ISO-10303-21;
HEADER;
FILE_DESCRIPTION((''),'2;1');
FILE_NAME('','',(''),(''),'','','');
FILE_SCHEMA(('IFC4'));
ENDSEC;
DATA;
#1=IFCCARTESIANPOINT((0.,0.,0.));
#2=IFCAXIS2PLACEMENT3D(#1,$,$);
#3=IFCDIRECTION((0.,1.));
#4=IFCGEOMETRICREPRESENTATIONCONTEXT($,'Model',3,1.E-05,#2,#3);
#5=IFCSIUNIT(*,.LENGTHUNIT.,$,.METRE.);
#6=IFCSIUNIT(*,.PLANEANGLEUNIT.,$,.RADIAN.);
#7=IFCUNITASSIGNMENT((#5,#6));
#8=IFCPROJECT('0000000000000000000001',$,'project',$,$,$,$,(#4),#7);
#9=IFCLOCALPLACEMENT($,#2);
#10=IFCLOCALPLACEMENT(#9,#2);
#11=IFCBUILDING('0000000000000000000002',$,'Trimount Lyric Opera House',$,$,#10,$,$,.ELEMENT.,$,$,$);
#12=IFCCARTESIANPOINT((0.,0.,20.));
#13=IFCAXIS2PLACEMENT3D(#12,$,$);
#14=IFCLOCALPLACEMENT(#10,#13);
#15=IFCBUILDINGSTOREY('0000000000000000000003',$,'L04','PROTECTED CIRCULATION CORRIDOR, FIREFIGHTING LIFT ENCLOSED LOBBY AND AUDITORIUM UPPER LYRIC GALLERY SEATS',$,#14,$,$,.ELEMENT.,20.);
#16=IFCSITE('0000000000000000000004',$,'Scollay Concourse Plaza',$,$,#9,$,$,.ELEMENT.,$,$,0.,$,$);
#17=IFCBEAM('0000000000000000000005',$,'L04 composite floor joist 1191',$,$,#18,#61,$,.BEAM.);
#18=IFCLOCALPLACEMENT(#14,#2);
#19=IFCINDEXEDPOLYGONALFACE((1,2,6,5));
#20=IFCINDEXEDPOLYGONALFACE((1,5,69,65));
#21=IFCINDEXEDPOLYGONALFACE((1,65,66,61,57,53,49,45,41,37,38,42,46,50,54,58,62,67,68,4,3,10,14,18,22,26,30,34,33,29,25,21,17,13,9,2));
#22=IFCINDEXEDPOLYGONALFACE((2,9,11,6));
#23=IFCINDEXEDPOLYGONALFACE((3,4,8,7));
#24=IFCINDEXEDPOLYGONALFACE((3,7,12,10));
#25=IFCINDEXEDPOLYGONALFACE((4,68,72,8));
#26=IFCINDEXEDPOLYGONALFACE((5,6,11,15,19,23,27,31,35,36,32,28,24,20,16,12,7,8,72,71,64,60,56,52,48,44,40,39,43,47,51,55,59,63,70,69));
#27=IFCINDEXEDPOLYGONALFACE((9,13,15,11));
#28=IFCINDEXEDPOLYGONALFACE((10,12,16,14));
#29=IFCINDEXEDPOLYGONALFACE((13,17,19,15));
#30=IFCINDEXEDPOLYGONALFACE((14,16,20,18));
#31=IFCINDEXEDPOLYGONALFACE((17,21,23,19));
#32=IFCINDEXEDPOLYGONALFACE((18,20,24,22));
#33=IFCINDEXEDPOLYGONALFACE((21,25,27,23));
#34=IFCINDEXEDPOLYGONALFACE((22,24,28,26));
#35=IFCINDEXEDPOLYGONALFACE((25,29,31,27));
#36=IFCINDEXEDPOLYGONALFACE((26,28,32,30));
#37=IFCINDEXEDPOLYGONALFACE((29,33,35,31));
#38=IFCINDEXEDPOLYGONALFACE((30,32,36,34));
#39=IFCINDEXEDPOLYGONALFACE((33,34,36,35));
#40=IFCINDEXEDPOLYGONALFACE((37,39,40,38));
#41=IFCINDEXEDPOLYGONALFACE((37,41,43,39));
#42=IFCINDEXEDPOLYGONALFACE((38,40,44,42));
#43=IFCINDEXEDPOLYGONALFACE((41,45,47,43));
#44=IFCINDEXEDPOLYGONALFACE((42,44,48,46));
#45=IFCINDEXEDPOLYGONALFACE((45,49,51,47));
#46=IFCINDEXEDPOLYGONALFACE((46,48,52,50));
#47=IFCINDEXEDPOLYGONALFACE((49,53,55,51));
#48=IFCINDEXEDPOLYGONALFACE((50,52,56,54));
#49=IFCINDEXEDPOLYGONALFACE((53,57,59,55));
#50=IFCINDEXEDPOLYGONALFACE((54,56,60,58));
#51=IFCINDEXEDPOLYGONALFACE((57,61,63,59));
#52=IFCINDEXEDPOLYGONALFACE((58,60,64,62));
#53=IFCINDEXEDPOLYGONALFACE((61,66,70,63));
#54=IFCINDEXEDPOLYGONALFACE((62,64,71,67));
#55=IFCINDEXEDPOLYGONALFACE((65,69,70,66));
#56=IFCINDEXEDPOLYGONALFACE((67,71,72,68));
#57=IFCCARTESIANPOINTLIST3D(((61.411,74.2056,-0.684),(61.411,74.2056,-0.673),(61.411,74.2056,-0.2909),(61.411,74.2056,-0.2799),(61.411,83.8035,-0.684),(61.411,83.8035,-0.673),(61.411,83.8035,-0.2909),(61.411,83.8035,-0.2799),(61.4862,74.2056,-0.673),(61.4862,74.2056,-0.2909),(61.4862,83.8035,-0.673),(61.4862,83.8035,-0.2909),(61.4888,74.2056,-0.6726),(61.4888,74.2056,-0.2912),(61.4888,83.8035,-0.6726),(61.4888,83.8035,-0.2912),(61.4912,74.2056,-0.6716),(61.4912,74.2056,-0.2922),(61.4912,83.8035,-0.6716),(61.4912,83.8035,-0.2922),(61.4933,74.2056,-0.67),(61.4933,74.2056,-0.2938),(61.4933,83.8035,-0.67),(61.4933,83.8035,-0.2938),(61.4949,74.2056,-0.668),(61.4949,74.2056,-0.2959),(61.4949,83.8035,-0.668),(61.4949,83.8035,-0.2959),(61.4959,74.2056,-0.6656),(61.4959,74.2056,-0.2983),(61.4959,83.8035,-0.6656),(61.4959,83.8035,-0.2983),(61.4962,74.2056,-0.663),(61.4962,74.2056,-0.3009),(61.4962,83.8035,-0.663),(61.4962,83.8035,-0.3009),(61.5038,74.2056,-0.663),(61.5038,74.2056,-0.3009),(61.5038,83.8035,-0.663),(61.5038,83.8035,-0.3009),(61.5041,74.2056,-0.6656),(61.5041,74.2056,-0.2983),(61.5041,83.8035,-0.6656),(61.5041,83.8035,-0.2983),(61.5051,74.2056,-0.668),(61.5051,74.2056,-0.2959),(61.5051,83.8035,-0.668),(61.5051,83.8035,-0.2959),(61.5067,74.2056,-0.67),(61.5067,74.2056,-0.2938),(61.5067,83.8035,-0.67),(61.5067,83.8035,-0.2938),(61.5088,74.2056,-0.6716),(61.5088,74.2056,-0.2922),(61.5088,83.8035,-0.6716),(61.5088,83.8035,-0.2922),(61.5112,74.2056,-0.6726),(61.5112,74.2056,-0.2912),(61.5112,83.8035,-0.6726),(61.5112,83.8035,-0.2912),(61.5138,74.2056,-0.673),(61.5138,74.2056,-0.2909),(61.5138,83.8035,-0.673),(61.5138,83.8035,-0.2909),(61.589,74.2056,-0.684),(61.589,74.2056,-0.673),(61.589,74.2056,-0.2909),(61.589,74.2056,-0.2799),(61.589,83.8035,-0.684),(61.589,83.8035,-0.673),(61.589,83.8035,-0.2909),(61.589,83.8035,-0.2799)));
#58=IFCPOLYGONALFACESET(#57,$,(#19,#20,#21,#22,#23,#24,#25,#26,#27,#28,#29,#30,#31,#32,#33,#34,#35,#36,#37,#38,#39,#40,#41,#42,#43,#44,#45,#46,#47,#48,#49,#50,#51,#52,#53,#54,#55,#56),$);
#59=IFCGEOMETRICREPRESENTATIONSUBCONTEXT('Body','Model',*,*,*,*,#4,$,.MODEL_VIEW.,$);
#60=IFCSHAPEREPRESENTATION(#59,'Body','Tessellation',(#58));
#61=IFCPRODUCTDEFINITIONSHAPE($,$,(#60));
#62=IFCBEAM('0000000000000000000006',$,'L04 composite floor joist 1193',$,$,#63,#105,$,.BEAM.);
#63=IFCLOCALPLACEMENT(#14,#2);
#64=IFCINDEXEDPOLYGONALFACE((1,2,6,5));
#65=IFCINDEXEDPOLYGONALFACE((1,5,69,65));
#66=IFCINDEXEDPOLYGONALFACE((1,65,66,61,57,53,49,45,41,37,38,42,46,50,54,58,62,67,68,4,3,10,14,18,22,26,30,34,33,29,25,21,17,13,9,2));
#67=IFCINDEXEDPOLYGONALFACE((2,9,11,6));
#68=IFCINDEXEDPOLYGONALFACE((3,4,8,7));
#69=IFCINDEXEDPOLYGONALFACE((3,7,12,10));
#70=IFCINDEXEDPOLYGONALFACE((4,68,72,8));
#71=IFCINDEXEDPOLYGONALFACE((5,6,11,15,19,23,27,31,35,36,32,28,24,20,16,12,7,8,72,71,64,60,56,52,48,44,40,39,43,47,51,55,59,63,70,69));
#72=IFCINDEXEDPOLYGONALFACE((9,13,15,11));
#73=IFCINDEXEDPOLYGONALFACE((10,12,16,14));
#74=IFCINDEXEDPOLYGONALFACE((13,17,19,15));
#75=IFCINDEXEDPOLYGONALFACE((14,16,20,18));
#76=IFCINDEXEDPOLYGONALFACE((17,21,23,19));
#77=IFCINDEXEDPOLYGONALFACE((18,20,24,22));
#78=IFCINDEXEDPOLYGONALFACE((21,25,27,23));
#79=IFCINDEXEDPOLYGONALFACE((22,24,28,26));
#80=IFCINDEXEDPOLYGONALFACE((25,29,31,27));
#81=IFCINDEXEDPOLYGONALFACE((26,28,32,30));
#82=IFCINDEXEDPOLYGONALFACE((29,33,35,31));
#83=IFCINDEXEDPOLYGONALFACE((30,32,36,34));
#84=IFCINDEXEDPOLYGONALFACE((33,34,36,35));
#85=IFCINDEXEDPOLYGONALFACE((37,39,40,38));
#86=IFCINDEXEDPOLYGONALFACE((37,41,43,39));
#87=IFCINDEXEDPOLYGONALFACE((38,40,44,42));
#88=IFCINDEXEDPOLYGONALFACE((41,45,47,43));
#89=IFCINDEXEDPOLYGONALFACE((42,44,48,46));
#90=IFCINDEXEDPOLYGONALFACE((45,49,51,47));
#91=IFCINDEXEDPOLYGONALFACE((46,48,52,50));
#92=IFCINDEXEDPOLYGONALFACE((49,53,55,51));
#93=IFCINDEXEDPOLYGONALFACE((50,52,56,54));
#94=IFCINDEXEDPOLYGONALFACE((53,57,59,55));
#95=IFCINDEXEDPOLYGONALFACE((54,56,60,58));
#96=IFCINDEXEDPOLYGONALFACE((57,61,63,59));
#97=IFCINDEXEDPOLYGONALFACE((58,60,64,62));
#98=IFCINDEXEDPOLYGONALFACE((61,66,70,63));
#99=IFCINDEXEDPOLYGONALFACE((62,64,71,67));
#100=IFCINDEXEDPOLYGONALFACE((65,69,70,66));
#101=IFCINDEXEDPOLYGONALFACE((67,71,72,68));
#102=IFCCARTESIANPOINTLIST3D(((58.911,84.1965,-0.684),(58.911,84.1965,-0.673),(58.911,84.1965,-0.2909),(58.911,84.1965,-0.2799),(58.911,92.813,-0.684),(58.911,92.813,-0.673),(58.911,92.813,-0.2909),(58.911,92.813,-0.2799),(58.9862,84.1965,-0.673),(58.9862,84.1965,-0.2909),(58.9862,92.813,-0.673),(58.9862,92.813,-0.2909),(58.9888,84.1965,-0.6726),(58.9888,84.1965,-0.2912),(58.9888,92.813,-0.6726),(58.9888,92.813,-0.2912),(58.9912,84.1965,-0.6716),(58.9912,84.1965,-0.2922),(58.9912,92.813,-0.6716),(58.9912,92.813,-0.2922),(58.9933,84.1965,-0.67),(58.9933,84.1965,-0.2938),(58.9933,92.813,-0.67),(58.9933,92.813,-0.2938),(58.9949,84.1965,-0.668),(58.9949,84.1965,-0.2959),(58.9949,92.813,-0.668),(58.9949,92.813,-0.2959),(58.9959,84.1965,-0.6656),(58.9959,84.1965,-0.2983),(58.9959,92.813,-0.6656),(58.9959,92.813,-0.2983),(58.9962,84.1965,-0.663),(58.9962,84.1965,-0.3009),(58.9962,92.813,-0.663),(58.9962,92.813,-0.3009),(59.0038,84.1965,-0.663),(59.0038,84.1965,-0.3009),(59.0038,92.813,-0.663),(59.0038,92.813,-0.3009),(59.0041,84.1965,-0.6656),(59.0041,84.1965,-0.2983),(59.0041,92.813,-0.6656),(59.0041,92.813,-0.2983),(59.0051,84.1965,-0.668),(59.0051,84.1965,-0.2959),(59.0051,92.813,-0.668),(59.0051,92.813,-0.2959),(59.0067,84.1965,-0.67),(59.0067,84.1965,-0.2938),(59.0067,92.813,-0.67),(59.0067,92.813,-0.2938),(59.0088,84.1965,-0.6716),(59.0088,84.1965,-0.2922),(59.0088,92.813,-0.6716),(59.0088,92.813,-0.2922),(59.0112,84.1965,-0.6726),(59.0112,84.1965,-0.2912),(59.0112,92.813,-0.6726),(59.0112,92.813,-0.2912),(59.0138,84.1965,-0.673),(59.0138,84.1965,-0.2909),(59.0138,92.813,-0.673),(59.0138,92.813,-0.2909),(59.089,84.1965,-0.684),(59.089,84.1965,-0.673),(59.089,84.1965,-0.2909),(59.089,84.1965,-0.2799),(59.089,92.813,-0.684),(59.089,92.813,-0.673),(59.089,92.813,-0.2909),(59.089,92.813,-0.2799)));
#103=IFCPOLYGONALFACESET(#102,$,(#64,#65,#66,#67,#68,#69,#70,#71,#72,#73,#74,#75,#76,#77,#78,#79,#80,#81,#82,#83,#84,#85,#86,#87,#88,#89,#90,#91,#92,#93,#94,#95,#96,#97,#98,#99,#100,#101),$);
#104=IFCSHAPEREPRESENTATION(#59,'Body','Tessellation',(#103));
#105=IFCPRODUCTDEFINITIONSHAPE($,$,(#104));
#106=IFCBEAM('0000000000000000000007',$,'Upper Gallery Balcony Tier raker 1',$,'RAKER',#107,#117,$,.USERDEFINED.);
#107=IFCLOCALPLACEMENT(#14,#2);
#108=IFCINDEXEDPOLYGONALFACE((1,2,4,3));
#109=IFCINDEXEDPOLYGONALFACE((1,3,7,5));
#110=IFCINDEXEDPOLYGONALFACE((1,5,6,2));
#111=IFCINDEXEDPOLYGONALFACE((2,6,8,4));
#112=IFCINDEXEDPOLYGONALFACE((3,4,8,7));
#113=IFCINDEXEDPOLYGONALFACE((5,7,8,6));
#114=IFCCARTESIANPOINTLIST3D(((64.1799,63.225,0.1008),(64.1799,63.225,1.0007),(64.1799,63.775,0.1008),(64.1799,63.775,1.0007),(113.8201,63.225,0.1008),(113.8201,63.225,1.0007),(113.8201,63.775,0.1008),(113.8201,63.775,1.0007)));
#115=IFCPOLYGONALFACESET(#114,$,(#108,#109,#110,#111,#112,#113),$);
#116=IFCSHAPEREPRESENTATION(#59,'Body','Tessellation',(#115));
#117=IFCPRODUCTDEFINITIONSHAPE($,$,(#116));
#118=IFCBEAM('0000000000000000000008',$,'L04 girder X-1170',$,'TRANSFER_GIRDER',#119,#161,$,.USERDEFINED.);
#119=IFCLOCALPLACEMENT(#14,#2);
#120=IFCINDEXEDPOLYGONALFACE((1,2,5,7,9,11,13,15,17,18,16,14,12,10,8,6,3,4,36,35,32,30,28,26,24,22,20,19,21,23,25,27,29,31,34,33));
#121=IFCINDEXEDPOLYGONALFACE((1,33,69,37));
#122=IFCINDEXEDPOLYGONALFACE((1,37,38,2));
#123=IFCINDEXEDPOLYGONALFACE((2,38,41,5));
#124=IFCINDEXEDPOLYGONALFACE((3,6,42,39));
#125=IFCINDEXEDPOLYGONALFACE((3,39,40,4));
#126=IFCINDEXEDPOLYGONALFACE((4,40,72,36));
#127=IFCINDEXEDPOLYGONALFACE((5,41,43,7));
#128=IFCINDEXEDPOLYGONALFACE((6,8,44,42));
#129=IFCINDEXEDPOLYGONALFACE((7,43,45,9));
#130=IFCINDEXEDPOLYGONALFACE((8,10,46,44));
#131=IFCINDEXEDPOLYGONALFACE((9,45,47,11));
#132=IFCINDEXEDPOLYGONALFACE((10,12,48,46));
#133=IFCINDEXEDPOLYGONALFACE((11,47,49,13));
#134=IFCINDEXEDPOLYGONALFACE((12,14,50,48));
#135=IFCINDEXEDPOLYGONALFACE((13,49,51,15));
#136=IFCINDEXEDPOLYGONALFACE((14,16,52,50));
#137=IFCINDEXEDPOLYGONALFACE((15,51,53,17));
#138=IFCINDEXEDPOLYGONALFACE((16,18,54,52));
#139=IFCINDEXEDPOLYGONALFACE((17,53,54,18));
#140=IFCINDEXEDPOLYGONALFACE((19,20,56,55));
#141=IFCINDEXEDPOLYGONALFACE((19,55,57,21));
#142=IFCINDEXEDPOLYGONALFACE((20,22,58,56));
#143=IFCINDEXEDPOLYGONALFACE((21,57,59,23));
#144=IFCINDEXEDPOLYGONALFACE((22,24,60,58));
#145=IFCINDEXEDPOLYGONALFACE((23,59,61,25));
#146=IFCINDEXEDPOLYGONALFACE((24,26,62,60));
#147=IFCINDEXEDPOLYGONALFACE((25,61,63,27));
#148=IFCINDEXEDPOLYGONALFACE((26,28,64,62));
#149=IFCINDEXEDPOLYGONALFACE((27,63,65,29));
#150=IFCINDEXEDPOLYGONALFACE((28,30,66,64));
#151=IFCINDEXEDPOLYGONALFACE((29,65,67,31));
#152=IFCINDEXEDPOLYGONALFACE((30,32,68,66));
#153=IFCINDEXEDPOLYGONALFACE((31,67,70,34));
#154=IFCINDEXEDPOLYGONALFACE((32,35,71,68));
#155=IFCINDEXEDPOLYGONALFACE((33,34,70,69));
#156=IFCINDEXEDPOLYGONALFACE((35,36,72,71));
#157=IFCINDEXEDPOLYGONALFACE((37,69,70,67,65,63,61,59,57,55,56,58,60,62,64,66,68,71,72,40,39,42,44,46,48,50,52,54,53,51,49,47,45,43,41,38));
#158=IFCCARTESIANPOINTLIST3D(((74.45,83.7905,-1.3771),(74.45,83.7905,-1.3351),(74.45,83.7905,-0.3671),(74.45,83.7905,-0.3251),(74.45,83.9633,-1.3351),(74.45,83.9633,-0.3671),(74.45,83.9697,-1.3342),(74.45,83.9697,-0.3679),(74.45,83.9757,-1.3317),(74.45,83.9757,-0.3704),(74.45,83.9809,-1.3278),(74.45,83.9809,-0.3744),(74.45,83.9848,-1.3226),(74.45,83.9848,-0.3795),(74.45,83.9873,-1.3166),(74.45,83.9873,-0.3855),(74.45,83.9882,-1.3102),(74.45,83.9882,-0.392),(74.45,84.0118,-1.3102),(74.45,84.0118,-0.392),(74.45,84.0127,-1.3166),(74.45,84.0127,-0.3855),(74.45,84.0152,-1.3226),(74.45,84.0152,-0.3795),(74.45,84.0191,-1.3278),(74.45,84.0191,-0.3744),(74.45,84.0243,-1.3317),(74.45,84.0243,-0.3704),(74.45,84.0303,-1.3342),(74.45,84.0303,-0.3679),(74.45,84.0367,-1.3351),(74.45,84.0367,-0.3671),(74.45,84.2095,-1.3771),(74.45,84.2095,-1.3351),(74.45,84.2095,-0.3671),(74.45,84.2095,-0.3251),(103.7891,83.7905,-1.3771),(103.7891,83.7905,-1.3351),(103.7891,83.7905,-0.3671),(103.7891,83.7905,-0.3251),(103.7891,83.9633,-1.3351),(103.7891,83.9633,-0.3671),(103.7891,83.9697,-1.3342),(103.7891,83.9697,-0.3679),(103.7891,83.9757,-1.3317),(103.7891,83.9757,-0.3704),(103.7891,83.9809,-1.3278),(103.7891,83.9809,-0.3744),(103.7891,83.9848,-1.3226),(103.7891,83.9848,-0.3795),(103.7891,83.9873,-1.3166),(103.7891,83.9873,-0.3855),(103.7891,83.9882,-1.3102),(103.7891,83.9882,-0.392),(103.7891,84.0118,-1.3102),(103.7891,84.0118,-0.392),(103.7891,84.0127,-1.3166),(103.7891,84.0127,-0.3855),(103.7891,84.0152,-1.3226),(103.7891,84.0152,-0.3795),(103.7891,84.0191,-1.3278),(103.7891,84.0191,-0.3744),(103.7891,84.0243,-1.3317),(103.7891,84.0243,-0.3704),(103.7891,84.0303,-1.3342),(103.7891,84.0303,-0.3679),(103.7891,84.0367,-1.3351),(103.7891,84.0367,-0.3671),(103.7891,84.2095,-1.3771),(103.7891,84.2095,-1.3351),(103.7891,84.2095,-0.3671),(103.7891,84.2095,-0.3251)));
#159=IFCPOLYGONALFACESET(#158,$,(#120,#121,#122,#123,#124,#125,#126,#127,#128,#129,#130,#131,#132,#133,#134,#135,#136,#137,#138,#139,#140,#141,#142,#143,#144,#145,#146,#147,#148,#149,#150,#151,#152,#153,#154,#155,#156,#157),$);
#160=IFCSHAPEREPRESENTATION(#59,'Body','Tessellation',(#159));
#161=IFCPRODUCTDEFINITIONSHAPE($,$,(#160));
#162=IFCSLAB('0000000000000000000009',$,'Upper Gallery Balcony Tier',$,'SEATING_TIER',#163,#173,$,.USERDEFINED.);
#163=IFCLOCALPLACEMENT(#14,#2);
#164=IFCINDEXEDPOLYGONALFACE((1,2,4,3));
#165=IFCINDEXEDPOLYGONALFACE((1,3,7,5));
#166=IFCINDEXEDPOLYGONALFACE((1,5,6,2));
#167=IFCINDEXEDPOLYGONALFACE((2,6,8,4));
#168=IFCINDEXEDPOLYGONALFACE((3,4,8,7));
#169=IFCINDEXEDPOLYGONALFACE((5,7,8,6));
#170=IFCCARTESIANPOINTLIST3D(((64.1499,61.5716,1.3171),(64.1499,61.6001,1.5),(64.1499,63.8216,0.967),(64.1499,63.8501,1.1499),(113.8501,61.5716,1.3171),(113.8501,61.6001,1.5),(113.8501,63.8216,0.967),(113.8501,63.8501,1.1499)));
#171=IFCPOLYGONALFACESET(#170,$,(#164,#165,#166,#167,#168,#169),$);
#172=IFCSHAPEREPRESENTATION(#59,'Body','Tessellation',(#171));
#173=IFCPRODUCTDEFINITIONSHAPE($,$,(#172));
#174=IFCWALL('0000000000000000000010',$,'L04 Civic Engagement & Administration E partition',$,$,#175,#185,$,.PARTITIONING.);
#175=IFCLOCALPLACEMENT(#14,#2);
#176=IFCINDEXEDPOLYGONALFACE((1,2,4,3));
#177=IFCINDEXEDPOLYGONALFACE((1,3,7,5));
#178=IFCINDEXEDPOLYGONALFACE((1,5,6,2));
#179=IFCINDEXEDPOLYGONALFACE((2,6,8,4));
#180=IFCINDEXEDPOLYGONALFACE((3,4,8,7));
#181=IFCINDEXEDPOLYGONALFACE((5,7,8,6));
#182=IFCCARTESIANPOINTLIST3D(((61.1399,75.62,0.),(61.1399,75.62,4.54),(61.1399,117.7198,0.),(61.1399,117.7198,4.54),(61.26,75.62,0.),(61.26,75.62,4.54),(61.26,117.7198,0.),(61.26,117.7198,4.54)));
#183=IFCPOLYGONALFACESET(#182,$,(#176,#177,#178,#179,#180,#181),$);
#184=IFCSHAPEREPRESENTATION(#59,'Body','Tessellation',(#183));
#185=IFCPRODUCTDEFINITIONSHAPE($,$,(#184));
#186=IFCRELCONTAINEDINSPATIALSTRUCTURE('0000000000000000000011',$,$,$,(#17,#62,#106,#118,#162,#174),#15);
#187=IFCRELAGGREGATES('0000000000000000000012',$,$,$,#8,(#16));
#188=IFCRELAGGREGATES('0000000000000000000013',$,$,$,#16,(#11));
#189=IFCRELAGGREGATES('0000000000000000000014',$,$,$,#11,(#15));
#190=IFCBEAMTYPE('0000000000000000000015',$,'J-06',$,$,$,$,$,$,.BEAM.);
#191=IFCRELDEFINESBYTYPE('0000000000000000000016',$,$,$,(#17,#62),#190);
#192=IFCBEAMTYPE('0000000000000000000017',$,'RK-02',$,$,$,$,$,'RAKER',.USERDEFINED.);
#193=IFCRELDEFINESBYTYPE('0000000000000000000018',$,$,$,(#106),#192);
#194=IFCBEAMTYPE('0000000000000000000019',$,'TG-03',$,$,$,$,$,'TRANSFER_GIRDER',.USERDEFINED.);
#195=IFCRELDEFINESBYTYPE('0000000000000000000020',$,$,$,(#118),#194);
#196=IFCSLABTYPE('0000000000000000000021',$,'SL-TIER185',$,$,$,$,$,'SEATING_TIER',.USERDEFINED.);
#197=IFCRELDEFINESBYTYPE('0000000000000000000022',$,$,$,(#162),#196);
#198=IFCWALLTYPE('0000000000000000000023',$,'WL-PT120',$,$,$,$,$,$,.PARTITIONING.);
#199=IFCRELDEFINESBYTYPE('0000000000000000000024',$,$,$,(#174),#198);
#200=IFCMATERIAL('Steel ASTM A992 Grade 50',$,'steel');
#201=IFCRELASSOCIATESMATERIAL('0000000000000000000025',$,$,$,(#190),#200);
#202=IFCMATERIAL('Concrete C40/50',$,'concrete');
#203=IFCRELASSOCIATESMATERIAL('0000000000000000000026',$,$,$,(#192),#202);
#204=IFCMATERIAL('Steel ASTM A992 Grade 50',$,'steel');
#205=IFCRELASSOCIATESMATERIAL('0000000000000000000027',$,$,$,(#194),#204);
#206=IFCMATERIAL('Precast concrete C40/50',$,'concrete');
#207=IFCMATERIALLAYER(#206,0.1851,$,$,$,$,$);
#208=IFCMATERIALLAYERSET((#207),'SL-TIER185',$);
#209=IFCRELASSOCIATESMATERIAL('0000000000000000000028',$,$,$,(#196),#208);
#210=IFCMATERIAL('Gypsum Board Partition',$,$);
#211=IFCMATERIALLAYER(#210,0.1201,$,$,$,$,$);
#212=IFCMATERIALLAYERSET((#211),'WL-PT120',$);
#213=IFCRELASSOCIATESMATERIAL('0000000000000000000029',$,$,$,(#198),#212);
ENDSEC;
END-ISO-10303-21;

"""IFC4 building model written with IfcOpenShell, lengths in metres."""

from ifc_helpers import new_model, si_unit, direction, frame, frame_2d, origin, origin_2d, place, context, subcontext, project, spatial, polyline, rectangle, i_section, outline, extrude, material, layer, layer_set, material_profile, profile_set, type_object, element, save


model = new_model("IFC4")

# Units and contexts
model_context = context("Model", 3, precision=1e-05, world=origin(), true_north=direction((0.0, 1.0)))
body_context = subcontext(model_context, "Body", "Model", "MODEL_VIEW")
ifc_project = project(units=[si_unit("LENGTHUNIT", "METRE"), si_unit("PLANEANGLEUNIT", "RADIAN")], contexts=[model_context])

# Site, building, storey
site_placement = place(None, origin())
site = spatial("IfcSite", under=ifc_project, at=site_placement, Name="Scollay Concourse Plaza", CompositionType="ELEMENT", RefElevation=0.0)
building_placement = place(site_placement, origin())
building = spatial("IfcBuilding", under=site, at=building_placement, Name="Trimount Lyric Opera House", CompositionType="ELEMENT")
storey_placement = place(building_placement, frame((0.0, 0.0, 20.0)))
storey = spatial("IfcBuildingStorey", under=building, at=storey_placement, Name="L04", Description="PROTECTED CIRCULATION CORRIDOR, FIREFIGHTING LIFT ENCLOSED LOBBY AND AUDITORIUM UPPER LYRIC GALLERY SEATS", CompositionType="ELEMENT", Elevation=20.0)

# Beams
ifc_material_1 = material(Name="Steel ASTM A992 Grade 50", Category="steel")
ifc_material_profile_1 = material_profile(ifc_material_1, i_section(OverallWidth=0.178, OverallDepth=0.4041, WebThickness=0.0076, FlangeThickness=0.011, FilletRadius=0.01, at=origin_2d()), Name="W16X36")
ifc_profile_set_1 = profile_set([ifc_material_profile_1], Name="Steel ASTM A992 Grade 50")
beam_type_1 = type_object("IfcBeamType", Name="J-06", PredefinedType="BEAM", material=ifc_profile_set_1)
beam_1_placement = place(storey_placement, frame((61.5, 74.2056, -0.4819), z_axis=(0.0, 1.0, 0.0), x_axis=(-1.0, 0.0, 0.0)))
element("IfcBeam", 1, at=beam_1_placement, inside=storey, type_object=beam_type_1, Name="L04 composite floor joist 1191", PredefinedType="BEAM", context=body_context, shape_type="SweptSolid", body=[
    extrude(i_section(OverallWidth=0.178, OverallDepth=0.4041, WebThickness=0.0076, FlangeThickness=0.011, FilletRadius=0.01, at=origin_2d()), origin(), (0.0, 0.0, 1.0), 9.5979),
])
beam_2_placement = place(storey_placement, frame((59.0, 84.1965, -0.4819), z_axis=(0.0, 1.0, 0.0), x_axis=(-1.0, 0.0, 0.0)))
element("IfcBeam", 2, at=beam_2_placement, inside=storey, type_object=beam_type_1, Name="L04 composite floor joist 1193", PredefinedType="BEAM", context=body_context, shape_type="SweptSolid", body=[
    extrude(i_section(OverallWidth=0.178, OverallDepth=0.4041, WebThickness=0.0076, FlangeThickness=0.011, FilletRadius=0.01, at=origin_2d()), origin(), (0.0, 0.0, 1.0), 8.6165),
])
ifc_material_2 = material(Name="Concrete C40/50", Category="concrete")
ifc_material_profile_2 = material_profile(ifc_material_2, rectangle(XDim=0.55, YDim=0.8999, at=origin_2d()), Name="RC550X900")
ifc_profile_set_2 = profile_set([ifc_material_profile_2], Name="Concrete C40/50")
beam_type_2 = type_object("IfcBeamType", Name="RK-02", ElementType="RAKER", PredefinedType="USERDEFINED", material=ifc_profile_set_2)
beam_3_placement = place(storey_placement, frame((64.1799, 63.5, 0.5508), z_axis=(1.0, 0.0, 0.0), x_axis=(0.0, 1.0, 0.0)))
element("IfcBeam", 3, at=beam_3_placement, inside=storey, type_object=beam_type_2, Name="Upper Gallery Balcony Tier raker 1", ObjectType="RAKER", PredefinedType="USERDEFINED", context=body_context, shape_type="SweptSolid", body=[
    extrude(rectangle(XDim=0.55, YDim=0.8999, at=origin_2d()), origin(), (0.0, 0.0, 1.0), 49.6401),
])
ifc_material_3 = material(Name="Steel ASTM A992 Grade 50", Category="steel")
ifc_material_profile_3 = material_profile(ifc_material_3, i_section(OverallWidth=0.4189, OverallDepth=1.052, WebThickness=0.0237, FlangeThickness=0.042, FilletRadius=0.0249, at=origin_2d()), Name="W40X297")
ifc_profile_set_3 = profile_set([ifc_material_profile_3], Name="Steel ASTM A992 Grade 50")
beam_type_3 = type_object("IfcBeamType", Name="TG-03", ElementType="TRANSFER_GIRDER", PredefinedType="USERDEFINED", material=ifc_profile_set_3)
beam_4_placement = place(storey_placement, frame((74.45, 84.0, -0.8511), z_axis=(1.0, 0.0, 0.0), x_axis=(0.0, 1.0, 0.0)))
element("IfcBeam", 4, at=beam_4_placement, inside=storey, type_object=beam_type_3, Name="L04 girder X-1170", ObjectType="TRANSFER_GIRDER", PredefinedType="USERDEFINED", context=body_context, shape_type="SweptSolid", body=[
    extrude(i_section(OverallWidth=0.4189, OverallDepth=1.052, WebThickness=0.0237, FlangeThickness=0.042, FilletRadius=0.0249, at=origin_2d()), origin(), (0.0, 0.0, 1.0), 29.3391),
])

# Slab
ifc_material_4 = material(Name="Precast concrete C40/50", Category="concrete")
ifc_layer_1 = layer(ifc_material_4, 0.1851)
ifc_layer_set_1 = layer_set([ifc_layer_1], Name="SL-TIER185")
slab_type = type_object("IfcSlabType", Name="SL-TIER185", ElementType="SEATING_TIER", PredefinedType="USERDEFINED", material=ifc_layer_set_1)
slab_placement = place(storey_placement, frame((64.1499, 63.8501, 1.1499), z_axis=(0.0, 0.153749, 0.98811), x_axis=(1.0, 0.0, 0.0)))
element("IfcSlab", 5, at=slab_placement, inside=storey, type_object=slab_type, Name="Upper Gallery Balcony Tier", ObjectType="SEATING_TIER", PredefinedType="USERDEFINED", context=body_context, shape_type="SweptSolid", body=[
    extrude(outline(polyline([(0.0, 0.0), (49.7002, 0.0), (49.7002, -2.2771), (0.0, -2.2771), (0.0, 0.0)])), origin(), (0.0, 0.0, -1.0), 0.1851),
])

# Wall
ifc_material_5 = material(Name="Gypsum Board Partition")
ifc_layer_2 = layer(ifc_material_5, 0.1201)
ifc_layer_set_2 = layer_set([ifc_layer_2], Name="WL-PT120")
wall_type_1 = type_object("IfcWallType", Name="WL-PT120", PredefinedType="PARTITIONING", material=ifc_layer_set_2)
wall_1_placement = place(storey_placement, frame((61.2, 75.6201, 0.0), z_axis=(0.0, 0.0, 1.0), x_axis=(0.0, 1.0, 0.0)))
element("IfcWall", 6, at=wall_1_placement, inside=storey, type_object=wall_type_1, Name="L04 Civic Engagement & Administration E partition", PredefinedType="PARTITIONING", context=body_context, shape_type="SweptSolid", body=[
    extrude(rectangle(XDim=42.0999, YDim=0.1201, at=frame_2d((21.0498, 0.0))), origin(), (0.0, 0.0, 1.0), 4.54),
])

save(model, "model.ifc")
